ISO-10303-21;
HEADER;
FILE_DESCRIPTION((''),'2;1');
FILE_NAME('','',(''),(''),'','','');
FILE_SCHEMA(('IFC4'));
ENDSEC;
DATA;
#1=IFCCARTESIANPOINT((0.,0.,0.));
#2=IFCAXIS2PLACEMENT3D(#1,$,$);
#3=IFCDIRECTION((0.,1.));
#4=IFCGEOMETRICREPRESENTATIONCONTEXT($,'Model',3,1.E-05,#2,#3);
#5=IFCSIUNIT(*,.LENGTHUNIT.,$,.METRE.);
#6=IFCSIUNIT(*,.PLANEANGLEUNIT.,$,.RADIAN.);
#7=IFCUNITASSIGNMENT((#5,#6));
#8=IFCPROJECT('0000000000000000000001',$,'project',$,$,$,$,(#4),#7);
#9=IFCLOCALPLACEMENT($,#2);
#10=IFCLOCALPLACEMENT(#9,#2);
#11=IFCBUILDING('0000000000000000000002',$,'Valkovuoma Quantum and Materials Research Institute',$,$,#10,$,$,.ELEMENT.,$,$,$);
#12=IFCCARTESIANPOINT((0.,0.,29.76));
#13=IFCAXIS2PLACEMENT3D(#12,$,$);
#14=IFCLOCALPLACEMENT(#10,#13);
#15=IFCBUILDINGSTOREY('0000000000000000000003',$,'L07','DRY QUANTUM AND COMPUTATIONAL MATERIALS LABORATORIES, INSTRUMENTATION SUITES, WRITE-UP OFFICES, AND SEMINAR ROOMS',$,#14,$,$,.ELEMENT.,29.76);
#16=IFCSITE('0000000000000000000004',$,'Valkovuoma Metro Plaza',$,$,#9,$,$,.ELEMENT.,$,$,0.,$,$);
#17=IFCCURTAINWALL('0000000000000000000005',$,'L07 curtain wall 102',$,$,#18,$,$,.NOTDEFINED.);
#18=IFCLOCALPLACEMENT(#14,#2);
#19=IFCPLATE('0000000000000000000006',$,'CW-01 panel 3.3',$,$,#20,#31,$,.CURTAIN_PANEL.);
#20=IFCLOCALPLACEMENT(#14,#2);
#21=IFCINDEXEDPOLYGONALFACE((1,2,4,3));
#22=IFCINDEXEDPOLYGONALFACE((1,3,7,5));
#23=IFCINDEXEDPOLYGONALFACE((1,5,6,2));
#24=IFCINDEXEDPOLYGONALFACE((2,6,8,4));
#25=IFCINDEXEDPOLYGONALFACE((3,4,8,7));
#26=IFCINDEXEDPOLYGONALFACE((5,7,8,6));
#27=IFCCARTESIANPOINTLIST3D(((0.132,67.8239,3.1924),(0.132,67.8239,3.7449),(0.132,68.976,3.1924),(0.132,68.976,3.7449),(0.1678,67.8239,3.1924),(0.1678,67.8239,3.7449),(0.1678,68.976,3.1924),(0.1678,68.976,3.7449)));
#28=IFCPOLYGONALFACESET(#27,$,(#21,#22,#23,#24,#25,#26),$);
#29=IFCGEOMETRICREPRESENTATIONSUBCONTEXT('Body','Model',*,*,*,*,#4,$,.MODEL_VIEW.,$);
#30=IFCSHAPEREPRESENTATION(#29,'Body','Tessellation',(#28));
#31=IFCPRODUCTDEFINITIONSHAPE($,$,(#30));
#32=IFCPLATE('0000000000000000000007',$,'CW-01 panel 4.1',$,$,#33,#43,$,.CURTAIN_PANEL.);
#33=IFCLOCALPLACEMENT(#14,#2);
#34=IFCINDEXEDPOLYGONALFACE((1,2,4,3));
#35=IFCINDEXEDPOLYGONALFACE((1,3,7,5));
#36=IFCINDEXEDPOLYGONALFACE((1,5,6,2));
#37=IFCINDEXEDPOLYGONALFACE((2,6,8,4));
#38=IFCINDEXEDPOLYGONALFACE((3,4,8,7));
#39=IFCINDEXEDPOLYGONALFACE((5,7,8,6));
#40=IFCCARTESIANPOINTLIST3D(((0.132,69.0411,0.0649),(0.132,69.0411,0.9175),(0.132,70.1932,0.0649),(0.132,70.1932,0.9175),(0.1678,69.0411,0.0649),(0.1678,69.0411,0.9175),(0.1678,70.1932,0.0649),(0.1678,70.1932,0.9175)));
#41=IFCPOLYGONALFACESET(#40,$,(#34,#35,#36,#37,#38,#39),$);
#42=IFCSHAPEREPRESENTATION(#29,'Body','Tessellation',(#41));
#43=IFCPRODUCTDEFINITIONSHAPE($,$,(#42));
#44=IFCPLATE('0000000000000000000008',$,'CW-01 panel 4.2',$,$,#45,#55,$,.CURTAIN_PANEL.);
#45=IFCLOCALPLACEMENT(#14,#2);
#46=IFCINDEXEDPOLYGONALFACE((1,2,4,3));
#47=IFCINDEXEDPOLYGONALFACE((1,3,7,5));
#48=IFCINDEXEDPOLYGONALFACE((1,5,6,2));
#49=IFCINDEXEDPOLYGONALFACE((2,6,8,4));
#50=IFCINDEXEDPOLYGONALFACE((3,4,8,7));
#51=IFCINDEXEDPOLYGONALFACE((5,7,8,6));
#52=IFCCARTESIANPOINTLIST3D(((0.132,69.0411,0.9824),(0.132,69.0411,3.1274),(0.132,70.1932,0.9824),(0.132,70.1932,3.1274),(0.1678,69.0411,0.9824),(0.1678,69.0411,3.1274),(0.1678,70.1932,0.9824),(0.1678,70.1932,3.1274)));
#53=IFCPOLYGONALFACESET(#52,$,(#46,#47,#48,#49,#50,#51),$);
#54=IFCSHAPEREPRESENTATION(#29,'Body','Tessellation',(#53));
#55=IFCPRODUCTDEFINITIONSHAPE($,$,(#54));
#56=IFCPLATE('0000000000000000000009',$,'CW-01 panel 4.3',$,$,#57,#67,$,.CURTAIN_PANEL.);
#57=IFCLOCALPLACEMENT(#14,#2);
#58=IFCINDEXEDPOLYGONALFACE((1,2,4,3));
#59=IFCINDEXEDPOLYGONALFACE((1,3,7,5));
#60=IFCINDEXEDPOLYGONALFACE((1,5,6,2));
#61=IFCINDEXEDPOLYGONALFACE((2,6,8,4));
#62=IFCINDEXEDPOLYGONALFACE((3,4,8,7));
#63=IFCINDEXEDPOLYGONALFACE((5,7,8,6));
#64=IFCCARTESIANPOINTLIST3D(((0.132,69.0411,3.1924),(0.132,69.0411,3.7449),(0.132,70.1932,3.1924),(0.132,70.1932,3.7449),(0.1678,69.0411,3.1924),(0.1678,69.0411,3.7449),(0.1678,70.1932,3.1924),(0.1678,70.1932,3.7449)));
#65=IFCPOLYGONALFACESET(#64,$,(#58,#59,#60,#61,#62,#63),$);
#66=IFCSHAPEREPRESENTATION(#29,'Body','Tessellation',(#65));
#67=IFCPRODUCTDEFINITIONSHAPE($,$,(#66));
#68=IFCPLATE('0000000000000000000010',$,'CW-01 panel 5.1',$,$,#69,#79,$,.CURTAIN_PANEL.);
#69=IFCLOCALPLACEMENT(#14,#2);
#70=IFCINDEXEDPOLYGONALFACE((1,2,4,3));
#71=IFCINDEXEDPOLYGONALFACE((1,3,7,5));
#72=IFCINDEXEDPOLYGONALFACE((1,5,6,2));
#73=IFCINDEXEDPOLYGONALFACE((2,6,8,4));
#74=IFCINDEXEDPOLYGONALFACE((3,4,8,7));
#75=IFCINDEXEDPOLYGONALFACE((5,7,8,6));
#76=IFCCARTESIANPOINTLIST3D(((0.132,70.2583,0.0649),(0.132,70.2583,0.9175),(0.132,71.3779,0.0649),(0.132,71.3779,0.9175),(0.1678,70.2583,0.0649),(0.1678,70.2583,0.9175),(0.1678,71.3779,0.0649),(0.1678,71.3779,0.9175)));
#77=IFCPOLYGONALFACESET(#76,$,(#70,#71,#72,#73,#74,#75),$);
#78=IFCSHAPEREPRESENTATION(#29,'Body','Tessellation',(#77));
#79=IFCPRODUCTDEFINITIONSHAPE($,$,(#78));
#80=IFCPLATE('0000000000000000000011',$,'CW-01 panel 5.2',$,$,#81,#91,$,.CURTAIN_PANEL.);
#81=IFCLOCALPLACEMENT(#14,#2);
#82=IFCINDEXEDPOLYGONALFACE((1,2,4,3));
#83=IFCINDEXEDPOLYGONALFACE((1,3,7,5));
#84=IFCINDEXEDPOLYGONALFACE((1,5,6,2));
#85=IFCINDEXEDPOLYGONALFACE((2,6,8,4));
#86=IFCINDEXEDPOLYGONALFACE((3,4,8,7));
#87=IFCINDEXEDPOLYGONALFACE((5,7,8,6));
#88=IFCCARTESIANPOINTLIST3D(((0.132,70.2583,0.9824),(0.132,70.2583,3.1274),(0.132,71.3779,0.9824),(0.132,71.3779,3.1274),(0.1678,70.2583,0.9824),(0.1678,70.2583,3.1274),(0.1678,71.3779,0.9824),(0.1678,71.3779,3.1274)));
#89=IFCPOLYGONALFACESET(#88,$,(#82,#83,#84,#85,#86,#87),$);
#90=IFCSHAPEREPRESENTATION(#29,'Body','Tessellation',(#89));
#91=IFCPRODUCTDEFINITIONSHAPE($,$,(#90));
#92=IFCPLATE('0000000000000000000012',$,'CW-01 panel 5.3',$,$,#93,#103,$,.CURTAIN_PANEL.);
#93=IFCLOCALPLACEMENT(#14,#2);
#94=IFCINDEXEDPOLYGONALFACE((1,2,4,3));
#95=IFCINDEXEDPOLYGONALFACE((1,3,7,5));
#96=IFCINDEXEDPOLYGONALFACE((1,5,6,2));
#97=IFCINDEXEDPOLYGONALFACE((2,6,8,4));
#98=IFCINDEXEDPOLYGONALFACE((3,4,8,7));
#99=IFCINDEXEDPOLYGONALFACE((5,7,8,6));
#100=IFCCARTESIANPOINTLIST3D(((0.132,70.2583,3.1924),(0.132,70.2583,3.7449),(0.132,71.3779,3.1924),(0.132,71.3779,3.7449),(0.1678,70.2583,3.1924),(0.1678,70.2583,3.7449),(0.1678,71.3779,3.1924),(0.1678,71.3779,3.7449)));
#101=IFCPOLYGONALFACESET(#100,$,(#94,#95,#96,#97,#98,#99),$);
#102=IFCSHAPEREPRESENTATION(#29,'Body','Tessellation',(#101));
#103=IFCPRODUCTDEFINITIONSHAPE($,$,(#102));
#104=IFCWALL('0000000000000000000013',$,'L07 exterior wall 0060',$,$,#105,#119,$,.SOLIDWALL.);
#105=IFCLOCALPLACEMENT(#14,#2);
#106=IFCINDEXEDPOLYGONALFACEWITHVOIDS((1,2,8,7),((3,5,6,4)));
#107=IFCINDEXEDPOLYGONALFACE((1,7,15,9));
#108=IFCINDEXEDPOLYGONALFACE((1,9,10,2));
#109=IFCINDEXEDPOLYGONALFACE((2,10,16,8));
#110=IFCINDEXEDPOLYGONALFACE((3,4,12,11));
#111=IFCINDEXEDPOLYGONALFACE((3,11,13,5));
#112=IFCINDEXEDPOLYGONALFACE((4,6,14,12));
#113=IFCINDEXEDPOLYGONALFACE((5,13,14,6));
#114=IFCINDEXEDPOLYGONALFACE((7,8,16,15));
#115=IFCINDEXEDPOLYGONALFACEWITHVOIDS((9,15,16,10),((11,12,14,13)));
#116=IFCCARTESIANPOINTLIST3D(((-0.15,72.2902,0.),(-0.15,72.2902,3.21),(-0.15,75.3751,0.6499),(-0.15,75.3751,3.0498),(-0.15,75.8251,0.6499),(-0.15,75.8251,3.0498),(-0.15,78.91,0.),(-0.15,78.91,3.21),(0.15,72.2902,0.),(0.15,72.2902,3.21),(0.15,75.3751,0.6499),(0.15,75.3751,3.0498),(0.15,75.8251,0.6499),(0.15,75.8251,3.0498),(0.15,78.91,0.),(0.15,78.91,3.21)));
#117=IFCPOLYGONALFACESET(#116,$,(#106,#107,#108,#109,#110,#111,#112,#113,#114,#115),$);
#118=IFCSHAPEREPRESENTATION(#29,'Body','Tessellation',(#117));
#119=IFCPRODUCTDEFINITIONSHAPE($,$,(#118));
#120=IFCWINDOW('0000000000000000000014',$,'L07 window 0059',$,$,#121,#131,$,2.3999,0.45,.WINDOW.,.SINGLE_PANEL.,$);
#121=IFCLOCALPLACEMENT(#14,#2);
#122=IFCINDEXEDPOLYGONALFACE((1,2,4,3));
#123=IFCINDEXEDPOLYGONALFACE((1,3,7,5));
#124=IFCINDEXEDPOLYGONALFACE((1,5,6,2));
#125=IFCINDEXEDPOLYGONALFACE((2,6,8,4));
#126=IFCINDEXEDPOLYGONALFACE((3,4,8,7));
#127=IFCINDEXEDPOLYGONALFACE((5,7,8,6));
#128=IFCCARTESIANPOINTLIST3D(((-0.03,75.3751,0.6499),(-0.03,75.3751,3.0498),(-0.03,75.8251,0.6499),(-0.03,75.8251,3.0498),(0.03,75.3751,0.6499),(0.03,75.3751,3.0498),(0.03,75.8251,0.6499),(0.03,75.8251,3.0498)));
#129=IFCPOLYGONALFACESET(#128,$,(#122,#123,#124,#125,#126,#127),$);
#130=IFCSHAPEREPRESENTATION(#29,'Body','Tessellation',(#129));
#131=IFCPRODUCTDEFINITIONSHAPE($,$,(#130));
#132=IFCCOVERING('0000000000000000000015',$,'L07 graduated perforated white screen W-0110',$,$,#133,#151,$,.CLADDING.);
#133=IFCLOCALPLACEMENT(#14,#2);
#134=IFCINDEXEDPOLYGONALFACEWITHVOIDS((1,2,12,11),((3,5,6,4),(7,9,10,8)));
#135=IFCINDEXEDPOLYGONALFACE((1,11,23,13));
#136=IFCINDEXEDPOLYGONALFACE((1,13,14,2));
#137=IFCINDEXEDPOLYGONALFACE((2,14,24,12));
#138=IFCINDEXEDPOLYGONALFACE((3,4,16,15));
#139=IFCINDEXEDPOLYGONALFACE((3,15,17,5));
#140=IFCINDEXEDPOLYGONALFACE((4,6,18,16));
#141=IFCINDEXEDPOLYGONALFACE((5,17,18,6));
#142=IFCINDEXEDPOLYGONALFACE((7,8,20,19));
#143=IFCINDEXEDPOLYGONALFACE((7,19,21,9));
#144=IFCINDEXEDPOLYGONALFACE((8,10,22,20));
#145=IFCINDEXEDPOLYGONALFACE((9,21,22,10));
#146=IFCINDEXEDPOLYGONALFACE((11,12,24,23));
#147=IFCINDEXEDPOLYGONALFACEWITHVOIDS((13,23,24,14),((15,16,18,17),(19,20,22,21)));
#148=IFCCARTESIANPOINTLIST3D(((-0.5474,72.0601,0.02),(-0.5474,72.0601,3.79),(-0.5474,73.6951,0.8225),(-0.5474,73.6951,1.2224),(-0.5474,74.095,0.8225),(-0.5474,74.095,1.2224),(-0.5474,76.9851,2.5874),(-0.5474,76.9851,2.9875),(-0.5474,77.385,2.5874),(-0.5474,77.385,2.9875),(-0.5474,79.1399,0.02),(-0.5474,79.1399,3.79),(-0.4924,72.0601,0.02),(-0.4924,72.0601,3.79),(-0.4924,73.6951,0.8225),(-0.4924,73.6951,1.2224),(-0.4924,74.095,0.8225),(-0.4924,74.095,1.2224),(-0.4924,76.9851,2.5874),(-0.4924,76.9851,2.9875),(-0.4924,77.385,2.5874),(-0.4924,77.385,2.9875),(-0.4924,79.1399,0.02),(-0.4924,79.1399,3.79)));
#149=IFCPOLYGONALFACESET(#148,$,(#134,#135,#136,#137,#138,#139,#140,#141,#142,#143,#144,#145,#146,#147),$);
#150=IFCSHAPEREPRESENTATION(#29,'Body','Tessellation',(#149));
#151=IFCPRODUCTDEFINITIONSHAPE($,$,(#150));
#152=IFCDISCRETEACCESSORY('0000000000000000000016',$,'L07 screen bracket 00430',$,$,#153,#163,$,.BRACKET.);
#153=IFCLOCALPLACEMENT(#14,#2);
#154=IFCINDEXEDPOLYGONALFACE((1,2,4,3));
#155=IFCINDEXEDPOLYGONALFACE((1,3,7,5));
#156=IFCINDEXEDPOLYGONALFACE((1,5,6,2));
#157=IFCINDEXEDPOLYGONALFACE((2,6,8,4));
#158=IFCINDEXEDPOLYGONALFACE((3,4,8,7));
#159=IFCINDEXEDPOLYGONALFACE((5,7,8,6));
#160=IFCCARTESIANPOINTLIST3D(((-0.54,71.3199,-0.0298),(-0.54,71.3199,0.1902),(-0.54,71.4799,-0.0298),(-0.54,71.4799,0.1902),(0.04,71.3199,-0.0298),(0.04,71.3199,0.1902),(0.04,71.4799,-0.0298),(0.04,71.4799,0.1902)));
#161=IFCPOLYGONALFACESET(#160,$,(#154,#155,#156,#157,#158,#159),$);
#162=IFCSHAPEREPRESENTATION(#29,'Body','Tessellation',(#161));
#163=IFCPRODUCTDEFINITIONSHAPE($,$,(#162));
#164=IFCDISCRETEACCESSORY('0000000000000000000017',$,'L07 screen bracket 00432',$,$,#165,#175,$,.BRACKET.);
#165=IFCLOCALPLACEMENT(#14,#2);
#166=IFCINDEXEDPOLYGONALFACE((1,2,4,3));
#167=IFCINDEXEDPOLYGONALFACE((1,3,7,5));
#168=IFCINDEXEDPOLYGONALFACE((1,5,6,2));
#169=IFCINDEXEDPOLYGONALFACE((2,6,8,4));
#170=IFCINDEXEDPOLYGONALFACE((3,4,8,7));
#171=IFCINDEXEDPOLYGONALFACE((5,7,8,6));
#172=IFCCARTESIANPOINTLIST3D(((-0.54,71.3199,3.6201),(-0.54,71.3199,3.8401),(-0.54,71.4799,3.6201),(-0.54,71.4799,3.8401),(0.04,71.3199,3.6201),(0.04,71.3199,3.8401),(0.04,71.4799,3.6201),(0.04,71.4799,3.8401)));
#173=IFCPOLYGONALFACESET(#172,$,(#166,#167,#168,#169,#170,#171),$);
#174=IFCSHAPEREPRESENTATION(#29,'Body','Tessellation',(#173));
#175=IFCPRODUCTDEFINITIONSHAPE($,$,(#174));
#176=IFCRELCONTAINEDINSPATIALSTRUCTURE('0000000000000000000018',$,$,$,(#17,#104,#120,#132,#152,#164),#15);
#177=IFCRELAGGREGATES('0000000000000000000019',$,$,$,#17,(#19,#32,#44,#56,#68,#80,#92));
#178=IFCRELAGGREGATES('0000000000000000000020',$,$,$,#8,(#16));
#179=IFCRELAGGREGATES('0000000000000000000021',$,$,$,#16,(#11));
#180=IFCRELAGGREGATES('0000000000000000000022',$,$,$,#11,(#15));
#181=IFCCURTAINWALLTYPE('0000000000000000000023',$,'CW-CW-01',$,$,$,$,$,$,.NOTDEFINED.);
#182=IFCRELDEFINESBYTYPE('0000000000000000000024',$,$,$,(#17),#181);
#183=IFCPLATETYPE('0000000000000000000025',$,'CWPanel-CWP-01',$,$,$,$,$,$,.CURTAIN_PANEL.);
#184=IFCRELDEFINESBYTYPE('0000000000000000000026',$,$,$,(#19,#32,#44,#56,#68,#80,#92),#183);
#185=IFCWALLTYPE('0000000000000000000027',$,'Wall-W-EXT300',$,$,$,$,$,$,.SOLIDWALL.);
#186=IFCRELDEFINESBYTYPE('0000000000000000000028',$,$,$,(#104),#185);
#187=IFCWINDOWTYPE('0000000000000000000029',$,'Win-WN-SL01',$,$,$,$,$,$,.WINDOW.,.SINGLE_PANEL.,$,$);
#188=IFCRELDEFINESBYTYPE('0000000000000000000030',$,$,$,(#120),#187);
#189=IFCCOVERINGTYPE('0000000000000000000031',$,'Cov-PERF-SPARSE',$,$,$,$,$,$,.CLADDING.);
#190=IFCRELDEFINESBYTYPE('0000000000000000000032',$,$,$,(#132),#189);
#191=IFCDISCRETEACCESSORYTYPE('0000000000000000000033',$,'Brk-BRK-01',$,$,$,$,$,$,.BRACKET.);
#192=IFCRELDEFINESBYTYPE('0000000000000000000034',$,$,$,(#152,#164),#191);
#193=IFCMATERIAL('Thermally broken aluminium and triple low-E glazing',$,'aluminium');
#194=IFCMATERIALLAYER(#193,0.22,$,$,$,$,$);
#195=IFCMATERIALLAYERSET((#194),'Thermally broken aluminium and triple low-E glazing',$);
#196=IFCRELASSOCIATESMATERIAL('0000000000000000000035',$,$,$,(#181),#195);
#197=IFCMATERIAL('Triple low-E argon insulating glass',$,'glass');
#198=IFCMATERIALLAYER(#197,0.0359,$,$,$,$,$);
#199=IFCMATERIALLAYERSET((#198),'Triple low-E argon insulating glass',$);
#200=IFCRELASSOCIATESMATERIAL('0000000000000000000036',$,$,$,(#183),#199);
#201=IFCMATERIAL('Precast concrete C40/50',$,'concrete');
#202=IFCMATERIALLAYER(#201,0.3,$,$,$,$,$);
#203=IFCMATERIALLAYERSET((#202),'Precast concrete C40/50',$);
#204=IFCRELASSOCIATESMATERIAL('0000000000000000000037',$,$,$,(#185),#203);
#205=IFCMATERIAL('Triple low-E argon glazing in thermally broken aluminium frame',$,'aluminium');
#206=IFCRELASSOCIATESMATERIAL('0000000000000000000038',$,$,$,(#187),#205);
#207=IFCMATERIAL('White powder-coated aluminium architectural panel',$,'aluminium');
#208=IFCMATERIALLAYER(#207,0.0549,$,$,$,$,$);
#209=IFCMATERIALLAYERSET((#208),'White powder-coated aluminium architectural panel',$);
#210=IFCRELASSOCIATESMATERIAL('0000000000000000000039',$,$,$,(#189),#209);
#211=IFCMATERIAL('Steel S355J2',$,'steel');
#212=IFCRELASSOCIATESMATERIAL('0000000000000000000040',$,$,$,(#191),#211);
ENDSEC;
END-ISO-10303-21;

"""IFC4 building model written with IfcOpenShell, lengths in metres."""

from ifc_helpers import new_model, si_unit, direction, frame, frame_2d, origin, origin_2d, place, context, subcontext, project, spatial, polyline, rectangle, outline, extrude, material, layer, layer_set, type_object, element, fill, aggregate, save


model = new_model("IFC4")

# Units and contexts
model_context = context("Model", 3, precision=1e-05, world=origin(), true_north=direction((0.0, 1.0)))
body_context = subcontext(model_context, "Body", "Model", "MODEL_VIEW")
ifc_project = project(units=[si_unit("LENGTHUNIT", "METRE"), si_unit("PLANEANGLEUNIT", "RADIAN")], contexts=[model_context])

# Site, building, storey
site_placement = place(None, origin())
site = spatial("IfcSite", under=ifc_project, at=site_placement, Name="Valkovuoma Metro Plaza", CompositionType="ELEMENT", RefElevation=0.0)
building_placement = place(site_placement, origin())
building = spatial("IfcBuilding", under=site, at=building_placement, Name="Valkovuoma Quantum and Materials Research Institute", CompositionType="ELEMENT")
storey_placement = place(building_placement, frame((0.0, 0.0, 29.76)))
storey = spatial("IfcBuildingStorey", under=building, at=storey_placement, Name="L07", Description="DRY QUANTUM AND COMPUTATIONAL MATERIALS LABORATORIES, INSTRUMENTATION SUITES, WRITE-UP OFFICES, AND SEMINAR ROOMS", CompositionType="ELEMENT", Elevation=29.76)

# Curtain wall, plates
ifc_material_1 = material(Name="Thermally broken aluminium and triple low-E glazing", Category="aluminium")
ifc_layer_1 = layer(ifc_material_1, 0.22)
ifc_layer_set_1 = layer_set([ifc_layer_1], Name="Thermally broken aluminium and triple low-E glazing")
curtain_wall_type = type_object("IfcCurtainWallType", Name="CW-CW-01", PredefinedType="NOTDEFINED", material=ifc_layer_set_1)
curtain_wall_placement = place(storey_placement, origin())
curtain_wall = element("IfcCurtainWall", 1, at=curtain_wall_placement, inside=storey, type_object=curtain_wall_type, Name="L07 curtain wall 102", PredefinedType="NOTDEFINED")
ifc_material_2 = material(Name="Triple low-E argon insulating glass", Category="glass")
ifc_layer_2 = layer(ifc_material_2, 0.0359)
ifc_layer_set_2 = layer_set([ifc_layer_2], Name="Triple low-E argon insulating glass")
plate_type = type_object("IfcPlateType", Name="CWPanel-CWP-01", PredefinedType="CURTAIN_PANEL", material=ifc_layer_set_2)
plate_1_placement = place(storey_placement, frame((0.1499, 68.3999, 3.1924), z_axis=(0.0, 0.0, 1.0), x_axis=(0.0, 1.0, 0.0)))
plate_1 = element("IfcPlate", 2, at=plate_1_placement, type_object=plate_type, Name="CW-01 panel 3.3", PredefinedType="CURTAIN_PANEL", context=body_context, shape_type="SweptSolid", body=[
    extrude(rectangle(XDim=1.1521, YDim=0.0359, at=origin_2d()), origin(), (0.0, 0.0, 1.0), 0.5525),
])
plate_2_placement = place(storey_placement, frame((0.1499, 69.6172, 0.0649), z_axis=(0.0, 0.0, 1.0), x_axis=(0.0, 1.0, 0.0)))
plate_2 = element("IfcPlate", 3, at=plate_2_placement, type_object=plate_type, Name="CW-01 panel 4.1", PredefinedType="CURTAIN_PANEL", context=body_context, shape_type="SweptSolid", body=[
    extrude(rectangle(XDim=1.1521, YDim=0.0359, at=origin_2d()), origin(), (0.0, 0.0, 1.0), 0.8525),
])
plate_3_placement = place(storey_placement, frame((0.1499, 69.6172, 0.9824), z_axis=(0.0, 0.0, 1.0), x_axis=(0.0, 1.0, 0.0)))
plate_3 = element("IfcPlate", 4, at=plate_3_placement, type_object=plate_type, Name="CW-01 panel 4.2", PredefinedType="CURTAIN_PANEL", context=body_context, shape_type="SweptSolid", body=[
    extrude(rectangle(XDim=1.1521, YDim=0.0359, at=origin_2d()), origin(), (0.0, 0.0, 1.0), 2.145),
])
plate_4_placement = place(storey_placement, frame((0.1499, 69.6172, 3.1924), z_axis=(0.0, 0.0, 1.0), x_axis=(0.0, 1.0, 0.0)))
plate_4 = element("IfcPlate", 5, at=plate_4_placement, type_object=plate_type, Name="CW-01 panel 4.3", PredefinedType="CURTAIN_PANEL", context=body_context, shape_type="SweptSolid", body=[
    extrude(rectangle(XDim=1.1521, YDim=0.0359, at=origin_2d()), origin(), (0.0, 0.0, 1.0), 0.5525),
])
plate_5_placement = place(storey_placement, frame((0.1499, 70.8181, 0.0649), z_axis=(0.0, 0.0, 1.0), x_axis=(0.0, 1.0, 0.0)))
plate_5 = element("IfcPlate", 6, at=plate_5_placement, type_object=plate_type, Name="CW-01 panel 5.1", PredefinedType="CURTAIN_PANEL", context=body_context, shape_type="SweptSolid", body=[
    extrude(rectangle(XDim=1.1196, YDim=0.0359, at=origin_2d()), origin(), (0.0, 0.0, 1.0), 0.8525),
])
plate_6_placement = place(storey_placement, frame((0.1499, 70.8181, 0.9824), z_axis=(0.0, 0.0, 1.0), x_axis=(0.0, 1.0, 0.0)))
plate_6 = element("IfcPlate", 7, at=plate_6_placement, type_object=plate_type, Name="CW-01 panel 5.2", PredefinedType="CURTAIN_PANEL", context=body_context, shape_type="SweptSolid", body=[
    extrude(rectangle(XDim=1.1196, YDim=0.0359, at=origin_2d()), origin(), (0.0, 0.0, 1.0), 2.145),
])
plate_7_placement = place(storey_placement, frame((0.1499, 70.8181, 3.1924), z_axis=(0.0, 0.0, 1.0), x_axis=(0.0, 1.0, 0.0)))
plate_7 = element("IfcPlate", 8, at=plate_7_placement, type_object=plate_type, Name="CW-01 panel 5.3", PredefinedType="CURTAIN_PANEL", context=body_context, shape_type="SweptSolid", body=[
    extrude(rectangle(XDim=1.1196, YDim=0.0359, at=origin_2d()), origin(), (0.0, 0.0, 1.0), 0.5525),
])
aggregate(curtain_wall, [plate_1, plate_2, plate_3, plate_4, plate_5, plate_6, plate_7])

# Wall, opening, window
ifc_material_3 = material(Name="Precast concrete C40/50", Category="concrete")
ifc_layer_3 = layer(ifc_material_3, 0.3)
ifc_layer_set_3 = layer_set([ifc_layer_3], Name="Precast concrete C40/50")
wall_type = type_object("IfcWallType", Name="Wall-W-EXT300", PredefinedType="SOLIDWALL", material=ifc_layer_set_3)
wall_placement = place(storey_placement, frame((0.0, 72.29, 0.0), z_axis=(0.0, 0.0, 1.0), x_axis=(0.0, 1.0, 0.0)))
wall = element("IfcWall", 9, at=wall_placement, inside=storey, type_object=wall_type, Name="L07 exterior wall 0060", PredefinedType="SOLIDWALL", context=body_context, shape_type="SweptSolid", body=[
    extrude(rectangle(XDim=6.6199, YDim=0.3, at=frame_2d((3.3101, 0.0))), origin(), (0.0, 0.0, 1.0), 3.21),
])
opening_placement = place(wall_placement, frame((3.085, 0.0, 0.6499)))
opening = element("IfcOpeningElement", 10, at=opening_placement, cuts=wall, PredefinedType="OPENING", context=body_context, shape_type="SweptSolid", body=[
    extrude(rectangle(XDim=0.45, YDim=2.3999, at=frame_2d((0.2251, 1.2))), frame((0.0, 0.1602, 0.0), z_axis=(0.0, -1.0, 0.0), x_axis=(1.0, 0.0, 0.0)), (0.0, 0.0, 1.0), 0.3201),
])
ifc_material_4 = material(Name="Triple low-E argon glazing in thermally broken aluminium frame", Category="aluminium")
window_type = type_object("IfcWindowType", Name="Win-WN-SL01", PartitioningType="SINGLE_PANEL", PredefinedType="WINDOW", material=ifc_material_4)
window_placement = place(opening_placement, origin())
window = element("IfcWindow", 11, at=window_placement, inside=storey, type_object=window_type, Name="L07 window 0059", OverallHeight=2.3999, OverallWidth=0.45, PartitioningType="SINGLE_PANEL", PredefinedType="WINDOW", context=body_context, shape_type="SweptSolid", body=[
    extrude(rectangle(XDim=0.45, YDim=2.3999, at=frame_2d((0.2251, 1.2))), frame((0.0, 0.03, 0.0), z_axis=(0.0, -1.0, 0.0), x_axis=(1.0, 0.0, 0.0)), (0.0, 0.0, 1.0), 0.0601),
])
fill(opening, window)

# Covering
ifc_material_5 = material(Name="White powder-coated aluminium architectural panel", Category="aluminium")
ifc_layer_4 = layer(ifc_material_5, 0.0549)
ifc_layer_set_4 = layer_set([ifc_layer_4], Name="White powder-coated aluminium architectural panel")
covering_type = type_object("IfcCoveringType", Name="Cov-PERF-SPARSE", PredefinedType="CLADDING", material=ifc_layer_set_4)
covering_placement = place(storey_placement, frame((-0.52, 72.0601, 0.02), z_axis=(0.0, 0.0, 1.0), x_axis=(0.0, 1.0, 0.0)))
element("IfcCovering", 12, at=covering_placement, inside=storey, type_object=covering_type, Name="L07 graduated perforated white screen W-0110", PredefinedType="CLADDING", context=body_context, shape_type="SweptSolid", body=[
    extrude(outline(polyline([(0.0, 0.0), (7.0798, 0.0), (7.0798, 3.77), (0.0, 3.77), (0.0, 0.0)]), holes=[polyline([(1.635, 0.8025), (1.635, 1.2024), (2.0349, 1.2024), (2.0349, 0.8025), (1.635, 0.8025)]), polyline([(4.925, 2.5674), (4.925, 2.9675), (5.325, 2.9675), (5.325, 2.5674), (4.925, 2.5674)])]), frame((0.0, 0.0273, 0.0), z_axis=(0.0, -1.0, 0.0), x_axis=(1.0, 0.0, 0.0)), (0.0, 0.0, 1.0), 0.0549),
])

# Discrete accessories
ifc_material_6 = material(Name="Steel S355J2", Category="steel")
discrete_accessory_type = type_object("IfcDiscreteAccessoryType", Name="Brk-BRK-01", PredefinedType="BRACKET", material=ifc_material_6)
for number, where, z_axis, x_axis, name in (
    (13, (-0.25, 71.3999, -0.0298), (0.0, 0.0, 1.0), (1.0, 0.0, 0.0), "L07 screen bracket 00430"),
    (14, (-0.25, 71.3999, 3.6201), (0.0, 0.0, 1.0), (1.0, 0.0, 0.0), "L07 screen bracket 00432"),
):
    element("IfcDiscreteAccessory", number, at=place(storey_placement, frame(where, z_axis=z_axis, x_axis=x_axis)), inside=storey, type_object=discrete_accessory_type, Name=name, PredefinedType="BRACKET", context=body_context, shape_type="SweptSolid", body=[
        extrude(rectangle(XDim=0.5801, YDim=0.1599, at=origin_2d()), origin(), (0.0, 0.0, 1.0), 0.22),
    ])

save(model, "model.ifc")
